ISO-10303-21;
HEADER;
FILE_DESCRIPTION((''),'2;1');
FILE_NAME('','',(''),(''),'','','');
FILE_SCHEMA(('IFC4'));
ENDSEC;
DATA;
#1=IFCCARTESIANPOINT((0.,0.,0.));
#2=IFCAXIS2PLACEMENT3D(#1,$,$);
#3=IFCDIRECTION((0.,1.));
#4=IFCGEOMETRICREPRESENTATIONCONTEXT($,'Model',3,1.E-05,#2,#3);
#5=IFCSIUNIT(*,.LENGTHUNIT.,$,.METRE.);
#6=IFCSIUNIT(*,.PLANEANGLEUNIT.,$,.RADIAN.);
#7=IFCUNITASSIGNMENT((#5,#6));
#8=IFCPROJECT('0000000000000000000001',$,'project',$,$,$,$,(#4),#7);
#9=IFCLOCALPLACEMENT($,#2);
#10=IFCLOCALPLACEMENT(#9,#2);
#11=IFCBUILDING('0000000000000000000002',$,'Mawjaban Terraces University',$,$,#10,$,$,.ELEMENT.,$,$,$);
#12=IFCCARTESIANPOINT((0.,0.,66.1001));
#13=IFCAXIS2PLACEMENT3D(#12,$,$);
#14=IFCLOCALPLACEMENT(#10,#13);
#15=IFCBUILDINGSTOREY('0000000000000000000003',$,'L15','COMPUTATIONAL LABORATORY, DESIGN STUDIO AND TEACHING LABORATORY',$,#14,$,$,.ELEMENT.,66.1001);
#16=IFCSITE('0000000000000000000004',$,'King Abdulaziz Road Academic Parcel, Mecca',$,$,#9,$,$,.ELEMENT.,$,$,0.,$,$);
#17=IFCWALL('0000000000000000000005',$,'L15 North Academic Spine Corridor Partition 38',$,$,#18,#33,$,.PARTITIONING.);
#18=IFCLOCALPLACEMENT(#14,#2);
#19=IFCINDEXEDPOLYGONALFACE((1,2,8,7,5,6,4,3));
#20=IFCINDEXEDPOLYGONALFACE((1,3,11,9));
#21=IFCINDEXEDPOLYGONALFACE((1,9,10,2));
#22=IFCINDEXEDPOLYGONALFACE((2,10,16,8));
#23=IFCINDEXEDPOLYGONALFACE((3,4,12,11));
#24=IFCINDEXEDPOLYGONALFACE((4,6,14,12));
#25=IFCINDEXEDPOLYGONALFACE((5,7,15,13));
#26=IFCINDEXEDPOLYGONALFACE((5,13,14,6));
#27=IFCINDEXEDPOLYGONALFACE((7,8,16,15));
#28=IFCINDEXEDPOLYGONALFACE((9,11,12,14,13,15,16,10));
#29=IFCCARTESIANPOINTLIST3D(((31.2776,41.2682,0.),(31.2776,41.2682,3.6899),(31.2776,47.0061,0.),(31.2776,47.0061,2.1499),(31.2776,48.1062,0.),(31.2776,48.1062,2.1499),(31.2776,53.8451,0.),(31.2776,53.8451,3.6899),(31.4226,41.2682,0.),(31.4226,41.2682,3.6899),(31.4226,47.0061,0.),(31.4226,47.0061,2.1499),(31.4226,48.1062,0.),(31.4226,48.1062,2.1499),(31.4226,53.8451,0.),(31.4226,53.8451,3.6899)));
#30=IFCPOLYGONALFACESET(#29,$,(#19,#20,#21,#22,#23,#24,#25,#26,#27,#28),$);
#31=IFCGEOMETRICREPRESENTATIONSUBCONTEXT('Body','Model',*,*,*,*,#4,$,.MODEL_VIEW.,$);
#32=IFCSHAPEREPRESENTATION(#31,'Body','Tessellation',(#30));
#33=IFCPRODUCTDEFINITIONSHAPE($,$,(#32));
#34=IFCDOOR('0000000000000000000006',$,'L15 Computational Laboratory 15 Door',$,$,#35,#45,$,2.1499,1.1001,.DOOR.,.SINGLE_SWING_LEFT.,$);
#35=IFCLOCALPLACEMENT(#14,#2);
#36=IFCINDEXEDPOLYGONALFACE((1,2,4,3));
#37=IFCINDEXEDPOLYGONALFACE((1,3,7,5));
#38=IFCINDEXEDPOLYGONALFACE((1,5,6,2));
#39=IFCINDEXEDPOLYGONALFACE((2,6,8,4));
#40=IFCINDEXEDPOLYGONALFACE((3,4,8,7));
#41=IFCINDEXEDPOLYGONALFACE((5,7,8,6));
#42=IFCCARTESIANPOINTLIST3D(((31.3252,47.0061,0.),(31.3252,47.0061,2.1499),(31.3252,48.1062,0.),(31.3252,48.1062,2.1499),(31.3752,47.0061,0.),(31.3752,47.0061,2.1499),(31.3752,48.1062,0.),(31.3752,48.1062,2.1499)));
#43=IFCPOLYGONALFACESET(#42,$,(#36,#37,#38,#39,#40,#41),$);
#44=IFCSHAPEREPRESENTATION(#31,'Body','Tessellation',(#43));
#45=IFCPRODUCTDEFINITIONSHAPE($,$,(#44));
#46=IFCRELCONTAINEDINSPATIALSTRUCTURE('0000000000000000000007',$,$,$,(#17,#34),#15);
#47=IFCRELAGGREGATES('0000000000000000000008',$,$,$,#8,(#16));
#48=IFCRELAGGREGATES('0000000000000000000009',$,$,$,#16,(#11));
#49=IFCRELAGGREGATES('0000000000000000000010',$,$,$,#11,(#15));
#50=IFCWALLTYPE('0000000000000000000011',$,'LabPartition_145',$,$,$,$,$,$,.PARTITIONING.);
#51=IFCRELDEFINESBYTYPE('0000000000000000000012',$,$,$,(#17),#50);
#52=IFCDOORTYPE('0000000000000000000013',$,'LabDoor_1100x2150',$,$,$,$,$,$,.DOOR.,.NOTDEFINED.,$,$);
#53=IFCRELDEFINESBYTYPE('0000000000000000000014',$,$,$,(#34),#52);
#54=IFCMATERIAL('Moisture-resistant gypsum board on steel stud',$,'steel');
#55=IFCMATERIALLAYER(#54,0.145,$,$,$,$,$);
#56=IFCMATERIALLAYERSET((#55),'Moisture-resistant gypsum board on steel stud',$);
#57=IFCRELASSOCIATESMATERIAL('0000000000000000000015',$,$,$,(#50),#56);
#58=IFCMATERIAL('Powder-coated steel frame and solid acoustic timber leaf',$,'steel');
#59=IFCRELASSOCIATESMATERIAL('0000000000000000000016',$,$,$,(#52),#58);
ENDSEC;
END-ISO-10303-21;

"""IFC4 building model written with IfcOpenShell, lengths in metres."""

from ifc_helpers import new_model, si_unit, direction, frame, frame_2d, origin, place, context, subcontext, project, spatial, rectangle, extrude, material, layer, layer_set, type_object, element, fill, save


model = new_model("IFC4")

# Units and contexts
model_context = context("Model", 3, precision=1e-05, world=origin(), true_north=direction((0.0, 1.0)))
body_context = subcontext(model_context, "Body", "Model", "MODEL_VIEW")
ifc_project = project(units=[si_unit("LENGTHUNIT", "METRE"), si_unit("PLANEANGLEUNIT", "RADIAN")], contexts=[model_context])

# Site, building, storey
site_placement = place(None, origin())
site = spatial("IfcSite", under=ifc_project, at=site_placement, Name="King Abdulaziz Road Academic Parcel, Mecca", CompositionType="ELEMENT", RefElevation=0.0)
building_placement = place(site_placement, origin())
building = spatial("IfcBuilding", under=site, at=building_placement, Name="Mawjaban Terraces University", CompositionType="ELEMENT")
storey_placement = place(building_placement, frame((0.0, 0.0, 66.1001)))
storey = spatial("IfcBuildingStorey", under=building, at=storey_placement, Name="L15", Description="COMPUTATIONAL LABORATORY, DESIGN STUDIO AND TEACHING LABORATORY", CompositionType="ELEMENT", Elevation=66.1001)

# Shared definitions
ifc_material_1 = material(Name="Powder-coated steel frame and solid acoustic timber leaf", Category="steel")

# Wall, opening, door
ifc_material_2 = material(Name="Moisture-resistant gypsum board on steel stud", Category="steel")
ifc_layer_1 = layer(ifc_material_2, 0.145)
ifc_layer_set_1 = layer_set([ifc_layer_1], Name="Moisture-resistant gypsum board on steel stud")
wall_type_1 = type_object("IfcWallType", Name="LabPartition_145", PredefinedType="PARTITIONING", material=ifc_layer_set_1)
wall_1_placement = place(storey_placement, frame((31.3501, 41.2681, 0.0), z_axis=(0.0, 0.0, 1.0), x_axis=(0.0, 1.0, 0.0)))
wall_1 = element("IfcWall", 1, at=wall_1_placement, inside=storey, type_object=wall_type_1, Name="L15 North Academic Spine Corridor Partition 38", PredefinedType="PARTITIONING", context=body_context, shape_type="SweptSolid", body=[
    extrude(rectangle(XDim=12.5769, YDim=0.145, at=frame_2d((6.2886, 0.0))), origin(), (0.0, 0.0, 1.0), 3.6899),
])
opening_1_placement = place(wall_1_placement, frame((5.738, 0.0, 0.0)))
opening_1 = element("IfcOpeningElement", 2, at=opening_1_placement, cuts=wall_1, PredefinedType="OPENING", context=body_context, shape_type="SweptSolid", body=[
    extrude(rectangle(XDim=1.1001, YDim=2.1499, at=frame_2d((0.55, 1.075))), frame((0.0, 0.0825, 0.0), z_axis=(0.0, -1.0, 0.0), x_axis=(1.0, 0.0, 0.0)), (0.0, 0.0, 1.0), 0.165),
])
door_type_1 = type_object("IfcDoorType", Name="LabDoor_1100x2150", OperationType="NOTDEFINED", PredefinedType="DOOR", material=ifc_material_1)
door_1_placement = place(opening_1_placement, origin())
door_1 = element("IfcDoor", 3, at=door_1_placement, inside=storey, type_object=door_type_1, Name="L15 Computational Laboratory 15 Door", OperationType="SINGLE_SWING_LEFT", OverallHeight=2.1499, OverallWidth=1.1001, PredefinedType="DOOR", context=body_context, shape_type="SweptSolid", body=[
    extrude(rectangle(XDim=1.1001, YDim=2.1499, at=frame_2d((0.55, 1.075))), frame((0.0, 0.0249, 0.0), z_axis=(0.0, -1.0, 0.0), x_axis=(1.0, 0.0, 0.0)), (0.0, 0.0, 1.0), 0.05),
])
fill(opening_1, door_1)

save(model, "model.ifc")
